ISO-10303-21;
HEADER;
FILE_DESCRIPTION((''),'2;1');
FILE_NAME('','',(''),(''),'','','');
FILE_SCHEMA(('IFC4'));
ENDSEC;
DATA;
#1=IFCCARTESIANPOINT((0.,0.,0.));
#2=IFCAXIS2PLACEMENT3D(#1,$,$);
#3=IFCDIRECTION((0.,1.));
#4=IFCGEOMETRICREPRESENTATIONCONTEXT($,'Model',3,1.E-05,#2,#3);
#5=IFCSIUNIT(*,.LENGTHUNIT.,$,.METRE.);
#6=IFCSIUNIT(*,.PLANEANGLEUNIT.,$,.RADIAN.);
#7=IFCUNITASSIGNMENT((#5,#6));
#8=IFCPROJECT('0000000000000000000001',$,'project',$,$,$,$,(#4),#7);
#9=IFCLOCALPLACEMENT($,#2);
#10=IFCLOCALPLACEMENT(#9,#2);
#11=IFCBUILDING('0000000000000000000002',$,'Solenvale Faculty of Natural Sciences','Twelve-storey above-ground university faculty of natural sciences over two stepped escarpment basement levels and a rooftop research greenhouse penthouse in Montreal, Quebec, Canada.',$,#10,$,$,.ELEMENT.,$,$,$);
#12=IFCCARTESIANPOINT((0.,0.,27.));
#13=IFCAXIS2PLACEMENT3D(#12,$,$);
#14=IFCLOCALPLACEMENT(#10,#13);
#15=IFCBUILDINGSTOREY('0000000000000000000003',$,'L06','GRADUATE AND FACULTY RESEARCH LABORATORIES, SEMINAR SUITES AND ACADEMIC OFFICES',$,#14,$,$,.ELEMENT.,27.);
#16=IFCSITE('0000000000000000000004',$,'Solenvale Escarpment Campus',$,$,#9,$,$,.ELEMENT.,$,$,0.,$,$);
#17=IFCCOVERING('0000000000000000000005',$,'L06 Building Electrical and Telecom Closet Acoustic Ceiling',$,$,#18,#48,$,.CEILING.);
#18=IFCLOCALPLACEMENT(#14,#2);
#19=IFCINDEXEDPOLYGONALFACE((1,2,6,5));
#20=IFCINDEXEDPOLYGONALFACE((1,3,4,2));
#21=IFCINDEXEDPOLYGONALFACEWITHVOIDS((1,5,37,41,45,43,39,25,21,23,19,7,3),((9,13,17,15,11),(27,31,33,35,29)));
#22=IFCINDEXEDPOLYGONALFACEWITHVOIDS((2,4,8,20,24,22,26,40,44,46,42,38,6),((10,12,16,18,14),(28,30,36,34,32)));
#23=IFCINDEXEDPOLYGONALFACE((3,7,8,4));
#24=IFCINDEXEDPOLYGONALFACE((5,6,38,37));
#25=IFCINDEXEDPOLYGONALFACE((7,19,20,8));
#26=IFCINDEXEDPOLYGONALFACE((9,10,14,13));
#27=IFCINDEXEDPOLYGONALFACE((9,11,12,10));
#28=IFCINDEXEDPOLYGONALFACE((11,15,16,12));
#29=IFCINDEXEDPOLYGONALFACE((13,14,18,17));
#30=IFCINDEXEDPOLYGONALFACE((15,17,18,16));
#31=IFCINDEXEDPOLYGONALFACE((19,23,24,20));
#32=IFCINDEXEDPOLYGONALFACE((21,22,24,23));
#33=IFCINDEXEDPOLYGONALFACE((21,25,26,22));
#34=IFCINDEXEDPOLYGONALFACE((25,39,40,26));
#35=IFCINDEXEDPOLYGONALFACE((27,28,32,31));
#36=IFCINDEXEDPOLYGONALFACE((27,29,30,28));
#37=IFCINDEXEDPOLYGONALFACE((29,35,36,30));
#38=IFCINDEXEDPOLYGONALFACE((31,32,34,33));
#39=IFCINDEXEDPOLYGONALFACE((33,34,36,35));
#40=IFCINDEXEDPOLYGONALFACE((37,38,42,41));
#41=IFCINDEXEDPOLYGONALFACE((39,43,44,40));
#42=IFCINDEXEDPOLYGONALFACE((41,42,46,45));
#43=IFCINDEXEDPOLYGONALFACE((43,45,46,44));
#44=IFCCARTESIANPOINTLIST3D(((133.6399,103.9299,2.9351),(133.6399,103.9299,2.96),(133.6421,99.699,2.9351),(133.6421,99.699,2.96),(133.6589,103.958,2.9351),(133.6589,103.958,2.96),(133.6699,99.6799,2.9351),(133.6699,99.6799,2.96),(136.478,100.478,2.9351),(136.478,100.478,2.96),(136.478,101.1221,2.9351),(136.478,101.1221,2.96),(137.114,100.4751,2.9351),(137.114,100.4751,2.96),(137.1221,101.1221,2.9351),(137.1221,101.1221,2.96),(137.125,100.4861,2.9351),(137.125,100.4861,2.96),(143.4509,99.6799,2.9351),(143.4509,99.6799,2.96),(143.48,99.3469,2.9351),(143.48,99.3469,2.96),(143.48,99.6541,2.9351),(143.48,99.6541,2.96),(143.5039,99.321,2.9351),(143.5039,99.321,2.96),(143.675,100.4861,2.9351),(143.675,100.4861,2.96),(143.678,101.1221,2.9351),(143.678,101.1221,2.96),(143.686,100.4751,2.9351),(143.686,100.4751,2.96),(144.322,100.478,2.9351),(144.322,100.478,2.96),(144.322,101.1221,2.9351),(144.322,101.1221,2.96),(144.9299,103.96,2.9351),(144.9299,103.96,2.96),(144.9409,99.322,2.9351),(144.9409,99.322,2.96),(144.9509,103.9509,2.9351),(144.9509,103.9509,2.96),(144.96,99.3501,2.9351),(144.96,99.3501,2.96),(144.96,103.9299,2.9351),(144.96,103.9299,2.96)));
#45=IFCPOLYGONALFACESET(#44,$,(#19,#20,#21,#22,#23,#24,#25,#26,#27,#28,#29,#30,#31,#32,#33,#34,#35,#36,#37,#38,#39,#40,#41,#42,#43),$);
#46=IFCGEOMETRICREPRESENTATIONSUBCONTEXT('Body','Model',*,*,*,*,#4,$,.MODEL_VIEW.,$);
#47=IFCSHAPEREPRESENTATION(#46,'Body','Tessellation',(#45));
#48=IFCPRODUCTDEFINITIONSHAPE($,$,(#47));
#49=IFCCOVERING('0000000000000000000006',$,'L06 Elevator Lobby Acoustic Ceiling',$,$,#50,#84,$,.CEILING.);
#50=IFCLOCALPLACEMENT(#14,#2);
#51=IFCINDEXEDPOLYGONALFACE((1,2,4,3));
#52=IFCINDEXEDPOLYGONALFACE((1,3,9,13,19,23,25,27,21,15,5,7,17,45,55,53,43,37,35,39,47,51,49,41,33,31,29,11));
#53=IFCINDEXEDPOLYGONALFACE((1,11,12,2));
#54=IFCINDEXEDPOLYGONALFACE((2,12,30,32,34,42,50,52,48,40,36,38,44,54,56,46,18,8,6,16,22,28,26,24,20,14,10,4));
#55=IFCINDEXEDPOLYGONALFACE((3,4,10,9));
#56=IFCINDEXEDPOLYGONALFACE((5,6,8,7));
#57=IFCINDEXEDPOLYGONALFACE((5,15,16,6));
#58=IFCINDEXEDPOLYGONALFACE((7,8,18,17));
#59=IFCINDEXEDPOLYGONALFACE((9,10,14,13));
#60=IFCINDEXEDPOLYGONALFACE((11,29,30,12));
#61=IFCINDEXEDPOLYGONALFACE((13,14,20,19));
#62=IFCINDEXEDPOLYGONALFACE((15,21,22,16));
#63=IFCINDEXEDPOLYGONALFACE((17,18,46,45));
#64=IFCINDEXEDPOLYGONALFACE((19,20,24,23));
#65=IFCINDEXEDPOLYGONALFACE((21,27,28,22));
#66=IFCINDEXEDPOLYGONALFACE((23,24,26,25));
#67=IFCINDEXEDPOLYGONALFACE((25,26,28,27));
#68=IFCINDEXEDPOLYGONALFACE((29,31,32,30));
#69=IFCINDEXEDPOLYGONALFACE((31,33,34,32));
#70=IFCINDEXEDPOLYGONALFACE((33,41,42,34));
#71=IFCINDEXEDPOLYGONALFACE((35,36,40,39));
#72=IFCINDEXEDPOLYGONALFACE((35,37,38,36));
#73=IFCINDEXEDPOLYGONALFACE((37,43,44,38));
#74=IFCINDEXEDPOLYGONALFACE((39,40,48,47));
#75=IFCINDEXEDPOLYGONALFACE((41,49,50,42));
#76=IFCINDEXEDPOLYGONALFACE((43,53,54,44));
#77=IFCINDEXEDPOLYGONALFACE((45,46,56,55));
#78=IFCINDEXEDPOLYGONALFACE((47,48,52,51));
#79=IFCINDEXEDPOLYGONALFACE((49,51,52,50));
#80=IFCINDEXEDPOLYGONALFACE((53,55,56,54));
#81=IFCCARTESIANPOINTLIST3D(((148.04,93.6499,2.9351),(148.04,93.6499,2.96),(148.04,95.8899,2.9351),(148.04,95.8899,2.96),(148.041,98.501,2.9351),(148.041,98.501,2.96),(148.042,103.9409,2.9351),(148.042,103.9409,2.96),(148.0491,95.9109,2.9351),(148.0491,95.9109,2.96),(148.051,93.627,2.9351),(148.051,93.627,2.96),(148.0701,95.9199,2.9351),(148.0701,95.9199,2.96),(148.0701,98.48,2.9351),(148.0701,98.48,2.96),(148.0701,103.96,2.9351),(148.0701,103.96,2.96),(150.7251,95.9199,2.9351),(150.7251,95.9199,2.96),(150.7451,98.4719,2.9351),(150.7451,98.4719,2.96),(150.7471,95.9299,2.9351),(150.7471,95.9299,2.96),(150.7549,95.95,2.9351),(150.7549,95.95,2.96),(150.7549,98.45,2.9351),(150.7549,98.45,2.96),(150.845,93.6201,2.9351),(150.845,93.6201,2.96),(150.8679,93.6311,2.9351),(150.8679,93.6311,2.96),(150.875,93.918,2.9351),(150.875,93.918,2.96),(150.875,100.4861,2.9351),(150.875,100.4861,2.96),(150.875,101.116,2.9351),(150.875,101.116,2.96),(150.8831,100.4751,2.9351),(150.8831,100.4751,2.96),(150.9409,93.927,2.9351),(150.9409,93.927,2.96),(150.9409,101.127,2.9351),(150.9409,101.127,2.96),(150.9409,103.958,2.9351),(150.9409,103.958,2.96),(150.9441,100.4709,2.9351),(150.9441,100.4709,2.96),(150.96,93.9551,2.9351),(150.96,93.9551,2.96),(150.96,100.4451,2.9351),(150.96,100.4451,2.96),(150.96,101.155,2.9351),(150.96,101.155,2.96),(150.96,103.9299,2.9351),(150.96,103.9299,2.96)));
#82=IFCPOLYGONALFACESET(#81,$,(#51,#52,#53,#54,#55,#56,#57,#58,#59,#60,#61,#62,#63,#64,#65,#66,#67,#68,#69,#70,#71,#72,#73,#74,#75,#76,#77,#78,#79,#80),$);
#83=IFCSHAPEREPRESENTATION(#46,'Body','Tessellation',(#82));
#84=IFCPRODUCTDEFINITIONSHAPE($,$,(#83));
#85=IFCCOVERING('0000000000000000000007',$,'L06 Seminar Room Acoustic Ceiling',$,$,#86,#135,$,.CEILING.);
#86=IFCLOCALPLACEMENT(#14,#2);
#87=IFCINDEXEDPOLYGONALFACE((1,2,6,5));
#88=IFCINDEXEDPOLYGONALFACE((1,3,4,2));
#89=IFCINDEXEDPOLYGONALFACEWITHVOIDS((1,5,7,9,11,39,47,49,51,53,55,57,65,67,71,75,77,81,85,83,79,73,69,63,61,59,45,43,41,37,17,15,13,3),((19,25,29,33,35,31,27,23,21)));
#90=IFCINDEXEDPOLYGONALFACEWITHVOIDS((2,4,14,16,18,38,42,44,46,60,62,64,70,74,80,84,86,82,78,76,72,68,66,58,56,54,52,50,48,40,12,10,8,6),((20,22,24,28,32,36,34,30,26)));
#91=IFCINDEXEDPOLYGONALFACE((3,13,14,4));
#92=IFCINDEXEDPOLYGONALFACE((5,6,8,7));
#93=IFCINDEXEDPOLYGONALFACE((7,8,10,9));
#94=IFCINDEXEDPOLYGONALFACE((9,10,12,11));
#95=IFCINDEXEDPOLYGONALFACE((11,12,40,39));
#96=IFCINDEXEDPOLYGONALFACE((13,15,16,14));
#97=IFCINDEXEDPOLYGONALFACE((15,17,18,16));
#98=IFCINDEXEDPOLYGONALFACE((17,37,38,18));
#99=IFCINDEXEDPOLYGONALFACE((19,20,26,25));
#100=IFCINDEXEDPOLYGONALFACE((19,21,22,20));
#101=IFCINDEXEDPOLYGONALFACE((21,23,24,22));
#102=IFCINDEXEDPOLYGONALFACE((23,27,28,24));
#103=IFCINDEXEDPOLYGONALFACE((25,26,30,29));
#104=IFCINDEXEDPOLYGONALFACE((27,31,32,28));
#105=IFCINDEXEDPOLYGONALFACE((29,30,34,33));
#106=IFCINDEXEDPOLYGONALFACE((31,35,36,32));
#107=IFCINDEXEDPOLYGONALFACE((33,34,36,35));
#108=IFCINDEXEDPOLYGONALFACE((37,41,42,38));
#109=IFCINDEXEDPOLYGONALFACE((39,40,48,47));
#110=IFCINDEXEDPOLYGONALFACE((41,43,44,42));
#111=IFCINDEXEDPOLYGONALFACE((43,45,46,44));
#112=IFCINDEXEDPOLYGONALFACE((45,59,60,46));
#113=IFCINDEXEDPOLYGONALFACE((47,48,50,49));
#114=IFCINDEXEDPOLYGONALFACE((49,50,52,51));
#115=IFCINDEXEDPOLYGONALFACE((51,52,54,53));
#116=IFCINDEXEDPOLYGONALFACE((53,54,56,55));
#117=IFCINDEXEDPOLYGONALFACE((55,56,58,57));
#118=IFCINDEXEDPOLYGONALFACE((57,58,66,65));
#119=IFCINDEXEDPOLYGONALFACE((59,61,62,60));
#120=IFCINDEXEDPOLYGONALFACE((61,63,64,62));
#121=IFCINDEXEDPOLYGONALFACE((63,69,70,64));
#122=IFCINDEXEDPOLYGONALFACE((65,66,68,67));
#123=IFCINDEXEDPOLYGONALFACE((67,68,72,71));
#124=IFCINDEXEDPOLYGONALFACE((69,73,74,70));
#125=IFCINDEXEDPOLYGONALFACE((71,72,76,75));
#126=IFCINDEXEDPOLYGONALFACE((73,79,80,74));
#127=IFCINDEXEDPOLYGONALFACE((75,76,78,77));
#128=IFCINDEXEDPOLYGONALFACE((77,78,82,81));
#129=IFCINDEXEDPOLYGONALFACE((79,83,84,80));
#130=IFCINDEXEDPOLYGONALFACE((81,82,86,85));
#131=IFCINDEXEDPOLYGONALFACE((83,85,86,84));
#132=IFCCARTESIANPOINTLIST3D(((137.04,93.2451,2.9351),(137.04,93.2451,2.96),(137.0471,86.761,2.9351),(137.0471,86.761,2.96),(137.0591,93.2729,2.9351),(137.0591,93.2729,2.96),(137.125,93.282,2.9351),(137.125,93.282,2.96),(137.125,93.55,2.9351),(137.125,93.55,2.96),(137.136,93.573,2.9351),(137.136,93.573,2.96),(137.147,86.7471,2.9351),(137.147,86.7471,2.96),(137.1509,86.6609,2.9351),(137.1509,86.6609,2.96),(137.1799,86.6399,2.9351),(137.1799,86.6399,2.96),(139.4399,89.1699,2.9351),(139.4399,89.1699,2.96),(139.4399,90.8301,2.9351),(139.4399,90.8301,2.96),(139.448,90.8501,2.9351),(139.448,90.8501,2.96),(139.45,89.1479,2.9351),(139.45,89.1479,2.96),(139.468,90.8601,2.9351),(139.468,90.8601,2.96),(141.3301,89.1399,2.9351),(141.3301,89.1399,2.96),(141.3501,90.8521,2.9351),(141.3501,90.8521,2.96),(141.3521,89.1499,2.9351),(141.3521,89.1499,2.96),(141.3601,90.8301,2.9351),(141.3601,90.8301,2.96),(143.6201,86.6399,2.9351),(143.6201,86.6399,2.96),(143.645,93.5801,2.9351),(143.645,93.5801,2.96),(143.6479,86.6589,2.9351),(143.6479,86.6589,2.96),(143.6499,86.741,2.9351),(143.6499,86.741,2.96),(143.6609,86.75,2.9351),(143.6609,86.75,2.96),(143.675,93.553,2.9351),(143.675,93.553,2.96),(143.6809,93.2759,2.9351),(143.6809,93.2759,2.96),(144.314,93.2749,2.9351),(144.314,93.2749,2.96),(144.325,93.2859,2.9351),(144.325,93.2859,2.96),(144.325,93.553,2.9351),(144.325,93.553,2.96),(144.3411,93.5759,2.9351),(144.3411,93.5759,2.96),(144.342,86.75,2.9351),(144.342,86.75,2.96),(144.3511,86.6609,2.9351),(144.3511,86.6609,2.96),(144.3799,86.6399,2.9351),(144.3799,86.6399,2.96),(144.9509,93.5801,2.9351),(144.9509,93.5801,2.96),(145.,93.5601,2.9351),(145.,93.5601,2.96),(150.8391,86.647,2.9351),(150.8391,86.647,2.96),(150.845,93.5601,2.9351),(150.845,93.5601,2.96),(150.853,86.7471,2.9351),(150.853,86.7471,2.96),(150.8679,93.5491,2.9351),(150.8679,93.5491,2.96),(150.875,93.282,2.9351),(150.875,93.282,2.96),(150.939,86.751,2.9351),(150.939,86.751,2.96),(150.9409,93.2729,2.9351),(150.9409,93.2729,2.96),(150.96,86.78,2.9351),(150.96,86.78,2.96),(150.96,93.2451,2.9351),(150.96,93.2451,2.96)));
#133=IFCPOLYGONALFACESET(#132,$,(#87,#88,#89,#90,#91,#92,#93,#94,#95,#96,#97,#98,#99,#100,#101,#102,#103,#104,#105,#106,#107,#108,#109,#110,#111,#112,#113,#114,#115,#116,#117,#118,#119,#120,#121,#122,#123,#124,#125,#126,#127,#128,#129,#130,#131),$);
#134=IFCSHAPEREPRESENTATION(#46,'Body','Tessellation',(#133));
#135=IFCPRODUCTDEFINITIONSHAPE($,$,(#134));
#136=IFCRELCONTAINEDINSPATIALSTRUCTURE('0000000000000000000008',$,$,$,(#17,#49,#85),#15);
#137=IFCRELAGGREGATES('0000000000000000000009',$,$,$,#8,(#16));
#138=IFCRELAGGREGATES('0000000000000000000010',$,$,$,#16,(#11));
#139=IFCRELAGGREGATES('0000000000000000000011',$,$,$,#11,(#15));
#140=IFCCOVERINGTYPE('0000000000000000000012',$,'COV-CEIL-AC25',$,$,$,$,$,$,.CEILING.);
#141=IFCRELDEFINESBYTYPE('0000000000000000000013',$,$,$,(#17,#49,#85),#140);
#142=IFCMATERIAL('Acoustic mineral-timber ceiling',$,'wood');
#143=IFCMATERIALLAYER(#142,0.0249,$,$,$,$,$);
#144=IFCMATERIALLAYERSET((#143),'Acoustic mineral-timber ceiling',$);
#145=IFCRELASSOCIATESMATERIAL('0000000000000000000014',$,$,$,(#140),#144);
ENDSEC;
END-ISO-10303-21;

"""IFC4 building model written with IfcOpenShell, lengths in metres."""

from ifc_helpers import new_model, si_unit, direction, frame, origin, place, context, subcontext, project, spatial, polyline, outline, extrude, material, layer, layer_set, type_object, element, save


model = new_model("IFC4")

# Units and contexts
model_context = context("Model", 3, precision=1e-05, world=origin(), true_north=direction((0.0, 1.0)))
body_context = subcontext(model_context, "Body", "Model", "MODEL_VIEW")
ifc_project = project(units=[si_unit("LENGTHUNIT", "METRE"), si_unit("PLANEANGLEUNIT", "RADIAN")], contexts=[model_context])

# Site, building, storey
site_placement = place(None, origin())
site = spatial("IfcSite", under=ifc_project, at=site_placement, Name="Solenvale Escarpment Campus", CompositionType="ELEMENT", RefElevation=0.0)
building_placement = place(site_placement, origin())
building = spatial("IfcBuilding", under=site, at=building_placement, Name="Solenvale Faculty of Natural Sciences", Description="Twelve-storey above-ground university faculty of natural sciences over two stepped escarpment basement levels and a rooftop research greenhouse penthouse in Montreal, Quebec, Canada.", CompositionType="ELEMENT")
storey_placement = place(building_placement, frame((0.0, 0.0, 27.0)))
storey = spatial("IfcBuildingStorey", under=building, at=storey_placement, Name="L06", Description="GRADUATE AND FACULTY RESEARCH LABORATORIES, SEMINAR SUITES AND ACADEMIC OFFICES", CompositionType="ELEMENT", Elevation=27.0)

# Coverings
ifc_material_1 = material(Name="Acoustic mineral-timber ceiling", Category="wood")
ifc_layer_1 = layer(ifc_material_1, 0.0249)
ifc_layer_set_1 = layer_set([ifc_layer_1], Name="Acoustic mineral-timber ceiling")
covering_type_1 = type_object("IfcCoveringType", Name="COV-CEIL-AC25", PredefinedType="CEILING", material=ifc_layer_set_1)
covering_1_placement = place(storey_placement, frame((0.0, 0.0, 2.9351)))
element("IfcCovering", 1, at=covering_1_placement, inside=storey, type_object=covering_type_1, Name="L06 Building Electrical and Telecom Closet Acoustic Ceiling", PredefinedType="CEILING", context=body_context, shape_type="SweptSolid", body=[
    extrude(outline(polyline([(144.9299, 103.96), (144.9509, 103.9509), (144.96, 103.9299), (144.96, 99.3501), (144.9409, 99.322), (143.5039, 99.321), (143.48, 99.3469), (143.48, 99.6541), (143.4509, 99.6799), (133.6699, 99.6799), (133.6421, 99.699), (133.6399, 103.9299), (133.6589, 103.958), (144.9299, 103.96)]), holes=[polyline([(143.675, 100.4861), (143.686, 100.4751), (144.322, 100.478), (144.322, 101.1221), (143.678, 101.1221), (143.675, 100.4861)]), polyline([(137.114, 100.4751), (137.125, 100.4861), (137.1221, 101.1221), (136.478, 101.1221), (136.478, 100.478), (137.114, 100.4751)])]), origin(), (0.0, 0.0, 1.0), 0.0249),
])
covering_2_placement = place(storey_placement, frame((0.0, 0.0, 2.9351)))
element("IfcCovering", 2, at=covering_2_placement, inside=storey, type_object=covering_type_1, Name="L06 Elevator Lobby Acoustic Ceiling", PredefinedType="CEILING", context=body_context, shape_type="SweptSolid", body=[
    extrude(outline(polyline([(148.04, 95.8899), (148.0491, 95.9109), (148.0701, 95.9199), (150.7251, 95.9199), (150.7471, 95.9299), (150.7549, 95.95), (150.7549, 98.45), (150.7451, 98.4719), (148.0701, 98.48), (148.041, 98.501), (148.042, 103.9409), (148.0701, 103.96), (150.9409, 103.958), (150.96, 103.9299), (150.96, 101.155), (150.9409, 101.127), (150.875, 101.116), (150.875, 100.4861), (150.8831, 100.4751), (150.9441, 100.4709), (150.96, 100.4451), (150.96, 93.9551), (150.9409, 93.927), (150.875, 93.918), (150.8679, 93.6311), (150.845, 93.6201), (148.051, 93.627), (148.04, 93.6499), (148.04, 95.8899)])), origin(), (0.0, 0.0, 1.0), 0.0249),
])
covering_3_placement = place(storey_placement, frame((0.0, 0.0, 2.9351)))
element("IfcCovering", 3, at=covering_3_placement, inside=storey, type_object=covering_type_1, Name="L06 Seminar Room Acoustic Ceiling", PredefinedType="CEILING", context=body_context, shape_type="SweptSolid", body=[
    extrude(outline(polyline([(144.9509, 93.5801), (145.0, 93.5601), (150.845, 93.5601), (150.8679, 93.5491), (150.875, 93.282), (150.9409, 93.2729), (150.96, 93.2451), (150.96, 86.78), (150.939, 86.751), (150.853, 86.7471), (150.8391, 86.647), (144.3799, 86.6399), (144.3511, 86.6609), (144.342, 86.75), (143.6609, 86.75), (143.6499, 86.741), (143.6479, 86.6589), (143.6201, 86.6399), (137.1799, 86.6399), (137.1509, 86.6609), (137.147, 86.7471), (137.0471, 86.761), (137.04, 93.2451), (137.0591, 93.2729), (137.125, 93.282), (137.125, 93.55), (137.136, 93.573), (143.645, 93.5801), (143.675, 93.553), (143.6809, 93.2759), (144.314, 93.2749), (144.325, 93.2859), (144.325, 93.553), (144.3411, 93.5759), (144.9509, 93.5801)]), holes=[polyline([(139.468, 90.8601), (139.448, 90.8501), (139.4399, 90.8301), (139.4399, 89.1699), (139.45, 89.1479), (141.3301, 89.1399), (141.3521, 89.1499), (141.3601, 90.8301), (141.3501, 90.8521), (139.468, 90.8601)])]), origin(), (0.0, 0.0, 1.0), 0.0249),
])

save(model, "model.ifc")
